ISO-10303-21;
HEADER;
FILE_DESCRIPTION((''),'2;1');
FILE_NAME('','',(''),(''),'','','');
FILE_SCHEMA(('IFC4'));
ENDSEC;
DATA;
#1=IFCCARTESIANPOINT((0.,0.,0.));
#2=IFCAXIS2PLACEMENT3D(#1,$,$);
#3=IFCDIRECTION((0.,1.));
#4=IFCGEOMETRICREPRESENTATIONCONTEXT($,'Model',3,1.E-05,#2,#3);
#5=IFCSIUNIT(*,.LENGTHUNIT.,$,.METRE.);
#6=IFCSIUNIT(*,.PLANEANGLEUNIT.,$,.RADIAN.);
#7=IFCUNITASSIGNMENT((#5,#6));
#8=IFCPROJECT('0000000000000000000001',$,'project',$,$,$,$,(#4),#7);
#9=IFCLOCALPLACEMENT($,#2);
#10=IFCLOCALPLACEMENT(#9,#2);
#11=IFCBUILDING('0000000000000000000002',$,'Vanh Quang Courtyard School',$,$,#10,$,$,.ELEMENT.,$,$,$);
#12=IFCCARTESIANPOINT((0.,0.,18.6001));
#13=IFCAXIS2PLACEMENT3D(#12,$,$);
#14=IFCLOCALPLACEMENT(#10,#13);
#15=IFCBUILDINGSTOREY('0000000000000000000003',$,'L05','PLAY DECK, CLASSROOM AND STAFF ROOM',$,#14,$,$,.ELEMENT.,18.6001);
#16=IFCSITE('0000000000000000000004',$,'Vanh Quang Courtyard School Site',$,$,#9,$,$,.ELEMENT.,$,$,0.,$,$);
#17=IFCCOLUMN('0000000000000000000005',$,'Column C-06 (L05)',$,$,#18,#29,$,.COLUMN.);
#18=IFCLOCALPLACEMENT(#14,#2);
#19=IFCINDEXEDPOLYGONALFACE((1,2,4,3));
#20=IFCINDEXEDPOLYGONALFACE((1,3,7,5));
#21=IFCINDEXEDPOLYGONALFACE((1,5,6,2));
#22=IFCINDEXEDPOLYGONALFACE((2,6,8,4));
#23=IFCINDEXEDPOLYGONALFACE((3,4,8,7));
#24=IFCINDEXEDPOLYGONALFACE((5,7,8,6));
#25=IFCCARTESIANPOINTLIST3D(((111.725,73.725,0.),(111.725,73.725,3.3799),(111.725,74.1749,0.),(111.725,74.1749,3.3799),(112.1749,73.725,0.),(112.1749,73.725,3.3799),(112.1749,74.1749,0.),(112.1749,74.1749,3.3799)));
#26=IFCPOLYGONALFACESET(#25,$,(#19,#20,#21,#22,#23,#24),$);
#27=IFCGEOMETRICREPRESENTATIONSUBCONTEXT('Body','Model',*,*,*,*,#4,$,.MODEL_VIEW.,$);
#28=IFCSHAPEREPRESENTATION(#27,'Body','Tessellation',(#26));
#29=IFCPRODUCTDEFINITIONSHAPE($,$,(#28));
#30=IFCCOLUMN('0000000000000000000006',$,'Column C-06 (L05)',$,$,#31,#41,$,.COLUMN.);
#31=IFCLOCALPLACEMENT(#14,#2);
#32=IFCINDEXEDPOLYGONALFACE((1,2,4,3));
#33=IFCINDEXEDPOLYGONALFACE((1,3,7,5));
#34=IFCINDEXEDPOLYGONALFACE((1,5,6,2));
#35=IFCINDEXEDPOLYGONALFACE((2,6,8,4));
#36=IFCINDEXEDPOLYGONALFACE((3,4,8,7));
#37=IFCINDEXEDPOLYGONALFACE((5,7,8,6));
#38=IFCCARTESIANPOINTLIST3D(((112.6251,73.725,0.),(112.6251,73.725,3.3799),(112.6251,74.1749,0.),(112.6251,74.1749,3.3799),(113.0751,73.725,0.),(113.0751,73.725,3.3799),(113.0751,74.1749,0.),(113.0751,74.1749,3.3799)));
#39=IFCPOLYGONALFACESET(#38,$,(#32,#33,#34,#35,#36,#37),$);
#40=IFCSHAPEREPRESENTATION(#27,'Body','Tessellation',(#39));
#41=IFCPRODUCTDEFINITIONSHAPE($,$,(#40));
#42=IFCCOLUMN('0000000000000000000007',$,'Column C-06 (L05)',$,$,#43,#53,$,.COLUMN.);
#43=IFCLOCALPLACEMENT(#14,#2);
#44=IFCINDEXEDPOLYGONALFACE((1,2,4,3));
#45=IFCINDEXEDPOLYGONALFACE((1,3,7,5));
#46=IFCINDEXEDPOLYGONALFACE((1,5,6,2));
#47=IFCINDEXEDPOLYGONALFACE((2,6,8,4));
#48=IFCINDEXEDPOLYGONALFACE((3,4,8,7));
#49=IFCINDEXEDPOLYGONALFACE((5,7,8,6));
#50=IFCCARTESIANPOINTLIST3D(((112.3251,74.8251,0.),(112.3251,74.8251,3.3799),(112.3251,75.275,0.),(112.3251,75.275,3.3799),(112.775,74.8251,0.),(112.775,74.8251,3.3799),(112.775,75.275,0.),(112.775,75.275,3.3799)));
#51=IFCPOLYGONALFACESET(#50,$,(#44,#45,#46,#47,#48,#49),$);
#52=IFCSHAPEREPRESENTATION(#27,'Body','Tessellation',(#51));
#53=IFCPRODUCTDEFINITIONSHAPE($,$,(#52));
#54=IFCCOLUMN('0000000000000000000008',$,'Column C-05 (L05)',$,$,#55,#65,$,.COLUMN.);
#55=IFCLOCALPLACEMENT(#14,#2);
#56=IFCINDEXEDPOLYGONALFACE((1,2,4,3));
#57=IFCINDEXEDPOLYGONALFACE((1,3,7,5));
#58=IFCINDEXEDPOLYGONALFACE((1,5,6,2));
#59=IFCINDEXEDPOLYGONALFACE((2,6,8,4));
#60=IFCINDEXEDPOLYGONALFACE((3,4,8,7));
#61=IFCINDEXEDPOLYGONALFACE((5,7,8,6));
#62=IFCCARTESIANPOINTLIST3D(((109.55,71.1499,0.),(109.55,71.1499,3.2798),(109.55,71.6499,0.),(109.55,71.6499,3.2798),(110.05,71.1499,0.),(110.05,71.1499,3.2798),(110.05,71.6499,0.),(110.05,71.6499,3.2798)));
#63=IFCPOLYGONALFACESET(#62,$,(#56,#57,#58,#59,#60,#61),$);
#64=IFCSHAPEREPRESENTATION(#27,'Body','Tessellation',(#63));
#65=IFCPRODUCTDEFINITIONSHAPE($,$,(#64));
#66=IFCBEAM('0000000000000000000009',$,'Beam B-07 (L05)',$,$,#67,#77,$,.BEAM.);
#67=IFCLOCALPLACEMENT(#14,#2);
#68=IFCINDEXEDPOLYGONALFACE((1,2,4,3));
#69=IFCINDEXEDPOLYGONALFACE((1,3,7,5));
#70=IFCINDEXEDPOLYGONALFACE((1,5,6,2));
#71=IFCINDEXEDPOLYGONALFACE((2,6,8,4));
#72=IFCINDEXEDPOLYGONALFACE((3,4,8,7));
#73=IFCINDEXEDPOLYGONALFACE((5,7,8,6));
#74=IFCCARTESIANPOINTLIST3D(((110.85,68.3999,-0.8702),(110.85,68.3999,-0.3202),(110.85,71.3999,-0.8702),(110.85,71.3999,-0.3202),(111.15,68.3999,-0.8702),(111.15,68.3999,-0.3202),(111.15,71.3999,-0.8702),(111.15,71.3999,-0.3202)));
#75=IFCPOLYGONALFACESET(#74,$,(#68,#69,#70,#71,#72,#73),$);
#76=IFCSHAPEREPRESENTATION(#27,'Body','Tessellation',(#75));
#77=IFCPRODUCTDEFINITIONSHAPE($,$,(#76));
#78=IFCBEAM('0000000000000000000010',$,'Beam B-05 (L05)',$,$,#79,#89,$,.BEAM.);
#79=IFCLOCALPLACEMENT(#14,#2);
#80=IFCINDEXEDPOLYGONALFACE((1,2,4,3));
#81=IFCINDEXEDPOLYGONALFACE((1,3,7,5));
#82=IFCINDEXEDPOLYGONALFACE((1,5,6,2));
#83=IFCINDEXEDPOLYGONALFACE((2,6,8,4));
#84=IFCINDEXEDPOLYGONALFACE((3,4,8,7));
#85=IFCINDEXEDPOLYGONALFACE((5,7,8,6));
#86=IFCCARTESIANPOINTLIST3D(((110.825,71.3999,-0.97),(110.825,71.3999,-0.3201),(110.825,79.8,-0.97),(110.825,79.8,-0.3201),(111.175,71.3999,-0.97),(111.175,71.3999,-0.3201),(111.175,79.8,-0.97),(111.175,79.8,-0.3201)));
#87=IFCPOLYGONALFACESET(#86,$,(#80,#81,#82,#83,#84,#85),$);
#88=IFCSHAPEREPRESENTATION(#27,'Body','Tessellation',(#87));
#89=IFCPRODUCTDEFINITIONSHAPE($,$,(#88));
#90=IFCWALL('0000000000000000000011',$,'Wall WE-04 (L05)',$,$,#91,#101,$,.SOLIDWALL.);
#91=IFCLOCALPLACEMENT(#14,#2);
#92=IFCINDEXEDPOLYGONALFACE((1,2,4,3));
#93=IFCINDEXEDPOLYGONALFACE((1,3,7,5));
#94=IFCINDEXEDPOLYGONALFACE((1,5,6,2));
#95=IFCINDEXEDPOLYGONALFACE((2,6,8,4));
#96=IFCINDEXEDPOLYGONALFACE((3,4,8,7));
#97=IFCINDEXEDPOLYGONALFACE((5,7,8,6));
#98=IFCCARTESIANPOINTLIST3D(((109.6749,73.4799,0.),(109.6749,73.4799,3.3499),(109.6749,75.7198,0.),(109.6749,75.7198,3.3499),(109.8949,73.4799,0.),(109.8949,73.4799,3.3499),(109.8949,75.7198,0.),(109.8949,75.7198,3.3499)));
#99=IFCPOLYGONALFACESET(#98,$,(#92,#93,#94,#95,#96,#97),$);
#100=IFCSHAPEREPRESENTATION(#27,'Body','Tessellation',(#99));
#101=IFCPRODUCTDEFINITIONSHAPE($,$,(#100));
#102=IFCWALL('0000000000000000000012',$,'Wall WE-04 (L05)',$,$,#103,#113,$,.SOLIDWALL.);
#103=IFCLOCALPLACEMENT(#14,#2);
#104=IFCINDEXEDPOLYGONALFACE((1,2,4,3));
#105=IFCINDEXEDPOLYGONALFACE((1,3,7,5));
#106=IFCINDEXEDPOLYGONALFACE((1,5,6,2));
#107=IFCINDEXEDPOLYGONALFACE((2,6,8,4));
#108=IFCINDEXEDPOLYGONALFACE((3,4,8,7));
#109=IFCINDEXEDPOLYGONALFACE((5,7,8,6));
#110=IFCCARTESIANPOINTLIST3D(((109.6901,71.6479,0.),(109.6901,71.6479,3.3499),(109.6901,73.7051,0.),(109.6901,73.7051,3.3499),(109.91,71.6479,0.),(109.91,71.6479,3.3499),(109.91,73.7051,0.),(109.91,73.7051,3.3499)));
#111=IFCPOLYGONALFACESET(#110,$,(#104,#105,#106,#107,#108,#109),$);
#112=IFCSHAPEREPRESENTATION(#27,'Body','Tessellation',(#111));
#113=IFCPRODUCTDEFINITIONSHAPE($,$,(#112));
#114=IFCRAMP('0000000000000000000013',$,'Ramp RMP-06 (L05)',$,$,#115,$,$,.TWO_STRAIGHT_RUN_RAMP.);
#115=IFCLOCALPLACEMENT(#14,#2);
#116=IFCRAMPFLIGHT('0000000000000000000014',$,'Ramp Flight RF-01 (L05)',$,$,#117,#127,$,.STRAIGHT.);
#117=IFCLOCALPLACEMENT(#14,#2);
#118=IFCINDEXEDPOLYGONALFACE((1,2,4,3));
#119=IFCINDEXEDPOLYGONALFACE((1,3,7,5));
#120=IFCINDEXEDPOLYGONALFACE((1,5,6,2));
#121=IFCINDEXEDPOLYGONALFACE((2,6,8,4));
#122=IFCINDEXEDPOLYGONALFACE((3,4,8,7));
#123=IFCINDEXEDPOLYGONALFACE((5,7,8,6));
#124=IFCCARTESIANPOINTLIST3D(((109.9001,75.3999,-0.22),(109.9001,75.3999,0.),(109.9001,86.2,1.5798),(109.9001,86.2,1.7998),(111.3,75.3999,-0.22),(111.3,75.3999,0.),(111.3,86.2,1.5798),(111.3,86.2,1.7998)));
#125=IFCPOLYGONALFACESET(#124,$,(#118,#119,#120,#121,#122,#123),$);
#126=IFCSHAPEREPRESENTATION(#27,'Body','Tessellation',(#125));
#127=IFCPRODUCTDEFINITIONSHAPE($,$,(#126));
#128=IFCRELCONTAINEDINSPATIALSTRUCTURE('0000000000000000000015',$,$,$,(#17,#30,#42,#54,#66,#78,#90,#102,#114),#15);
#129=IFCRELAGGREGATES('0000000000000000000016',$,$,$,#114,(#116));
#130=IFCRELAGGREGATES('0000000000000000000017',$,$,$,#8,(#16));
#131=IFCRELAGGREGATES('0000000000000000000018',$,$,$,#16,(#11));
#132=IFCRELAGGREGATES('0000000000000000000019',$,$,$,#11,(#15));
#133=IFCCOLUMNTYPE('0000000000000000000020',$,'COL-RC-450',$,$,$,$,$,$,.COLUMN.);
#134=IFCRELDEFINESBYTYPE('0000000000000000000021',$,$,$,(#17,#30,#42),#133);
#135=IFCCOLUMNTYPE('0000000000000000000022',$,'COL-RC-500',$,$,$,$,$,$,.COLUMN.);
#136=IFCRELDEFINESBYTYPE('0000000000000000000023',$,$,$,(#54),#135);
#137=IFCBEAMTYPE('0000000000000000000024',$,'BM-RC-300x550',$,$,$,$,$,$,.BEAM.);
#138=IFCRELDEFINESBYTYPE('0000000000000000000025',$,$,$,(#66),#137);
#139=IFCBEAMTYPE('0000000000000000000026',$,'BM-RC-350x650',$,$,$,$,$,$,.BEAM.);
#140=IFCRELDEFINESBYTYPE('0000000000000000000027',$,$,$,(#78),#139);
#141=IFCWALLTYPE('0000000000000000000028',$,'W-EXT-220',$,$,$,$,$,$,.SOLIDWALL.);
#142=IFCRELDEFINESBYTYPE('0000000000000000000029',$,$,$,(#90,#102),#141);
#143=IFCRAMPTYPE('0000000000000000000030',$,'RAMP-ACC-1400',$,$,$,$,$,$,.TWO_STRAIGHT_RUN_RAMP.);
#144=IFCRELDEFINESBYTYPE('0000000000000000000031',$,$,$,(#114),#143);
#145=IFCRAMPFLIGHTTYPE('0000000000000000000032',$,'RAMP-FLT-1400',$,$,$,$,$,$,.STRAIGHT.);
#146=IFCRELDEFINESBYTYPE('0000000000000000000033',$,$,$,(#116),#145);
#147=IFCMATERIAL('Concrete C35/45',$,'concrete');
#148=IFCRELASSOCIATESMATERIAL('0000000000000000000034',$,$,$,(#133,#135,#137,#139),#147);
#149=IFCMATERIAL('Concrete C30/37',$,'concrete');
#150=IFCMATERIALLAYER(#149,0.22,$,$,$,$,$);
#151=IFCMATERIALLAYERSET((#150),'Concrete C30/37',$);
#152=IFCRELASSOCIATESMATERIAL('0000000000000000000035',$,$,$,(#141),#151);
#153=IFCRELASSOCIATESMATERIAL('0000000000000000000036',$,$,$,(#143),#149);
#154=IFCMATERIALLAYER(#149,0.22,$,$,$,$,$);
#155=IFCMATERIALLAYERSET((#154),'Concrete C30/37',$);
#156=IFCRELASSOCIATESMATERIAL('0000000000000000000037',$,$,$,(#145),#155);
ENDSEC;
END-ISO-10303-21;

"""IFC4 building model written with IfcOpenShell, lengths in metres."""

from ifc_helpers import new_model, si_unit, direction, frame, frame_2d, origin, origin_2d, place, context, subcontext, project, spatial, polyline, rectangle, outline, extrude, material, layer, layer_set, material_profile, profile_set, type_object, element, aggregate, save


model = new_model("IFC4")

# Units and contexts
model_context = context("Model", 3, precision=1e-05, world=origin(), true_north=direction((0.0, 1.0)))
body_context = subcontext(model_context, "Body", "Model", "MODEL_VIEW")
ifc_project = project(units=[si_unit("LENGTHUNIT", "METRE"), si_unit("PLANEANGLEUNIT", "RADIAN")], contexts=[model_context])

# Site, building, storey
site_placement = place(None, origin())
site = spatial("IfcSite", under=ifc_project, at=site_placement, Name="Vanh Quang Courtyard School Site", CompositionType="ELEMENT", RefElevation=0.0)
building_placement = place(site_placement, origin())
building = spatial("IfcBuilding", under=site, at=building_placement, Name="Vanh Quang Courtyard School", CompositionType="ELEMENT")
storey_placement = place(building_placement, frame((0.0, 0.0, 18.6001)))
storey = spatial("IfcBuildingStorey", under=building, at=storey_placement, Name="L05", Description="PLAY DECK, CLASSROOM AND STAFF ROOM", CompositionType="ELEMENT", Elevation=18.6001)

# Columns
ifc_material_1 = material(Name="Concrete C35/45", Category="concrete")
ifc_material_profile_1 = material_profile(ifc_material_1, rectangle(XDim=0.45, YDim=0.45, at=origin_2d()), Name="RC-COL 450x450")
ifc_profile_set_1 = profile_set([ifc_material_profile_1], Name="Concrete C35/45")
column_type_1 = type_object("IfcColumnType", Name="COL-RC-450", PredefinedType="COLUMN", material=ifc_profile_set_1)
for number, where, z_axis, x_axis, name in (
    (1, (111.95, 73.95, 0.0), (0.0, 0.0, 1.0), (1.0, 0.0, 0.0), "Column C-06 (L05)"),
    (2, (112.8501, 73.95, 0.0), (0.0, 0.0, 1.0), (1.0, 0.0, 0.0), "Column C-06 (L05)"),
    (3, (112.55, 75.05, 0.0), (0.0, 0.0, 1.0), (1.0, 0.0, 0.0), "Column C-06 (L05)"),
):
    element("IfcColumn", number, at=place(storey_placement, frame(where, z_axis=z_axis, x_axis=x_axis)), inside=storey, type_object=column_type_1, Name=name, PredefinedType="COLUMN", context=body_context, shape_type="SweptSolid", body=[
        extrude(rectangle(XDim=0.45, YDim=0.45, at=origin_2d()), origin(), (0.0, 0.0, 1.0), 3.3799),
    ])
ifc_material_profile_2 = material_profile(ifc_material_1, rectangle(XDim=0.5, YDim=0.5, at=origin_2d()), Name="RC-COL 500x500")
ifc_profile_set_2 = profile_set([ifc_material_profile_2], Name="Concrete C35/45")
column_type_2 = type_object("IfcColumnType", Name="COL-RC-500", PredefinedType="COLUMN", material=ifc_profile_set_2)
column_placement = place(storey_placement, frame((109.8, 71.3999, 0.0), z_axis=(0.0, 0.0, 1.0), x_axis=(1.0, 0.0, 0.0)))
element("IfcColumn", 4, at=column_placement, inside=storey, type_object=column_type_2, Name="Column C-05 (L05)", PredefinedType="COLUMN", context=body_context, shape_type="SweptSolid", body=[
    extrude(rectangle(XDim=0.5, YDim=0.5, at=origin_2d()), origin(), (0.0, 0.0, 1.0), 3.2798),
])

# Beams
ifc_material_profile_3 = material_profile(ifc_material_1, rectangle(XDim=0.3, YDim=0.55, at=origin_2d()), Name="RC-BM 300x550")
ifc_profile_set_3 = profile_set([ifc_material_profile_3], Name="Concrete C35/45")
beam_type_1 = type_object("IfcBeamType", Name="BM-RC-300x550", PredefinedType="BEAM", material=ifc_profile_set_3)
beam_1_placement = place(storey_placement, frame((111.0, 68.3999, -0.5952), z_axis=(0.0, 1.0, 0.0), x_axis=(-1.0, 0.0, 0.0)))
element("IfcBeam", 5, at=beam_1_placement, inside=storey, type_object=beam_type_1, Name="Beam B-07 (L05)", PredefinedType="BEAM", context=body_context, shape_type="SweptSolid", body=[
    extrude(rectangle(XDim=0.3, YDim=0.55, at=origin_2d()), origin(), (0.0, 0.0, 1.0), 3.0),
])
ifc_material_profile_4 = material_profile(ifc_material_1, rectangle(XDim=0.3501, YDim=0.6499, at=origin_2d()), Name="RC-BM 350x650")
ifc_profile_set_4 = profile_set([ifc_material_profile_4], Name="Concrete C35/45")
beam_type_2 = type_object("IfcBeamType", Name="BM-RC-350x650", PredefinedType="BEAM", material=ifc_profile_set_4)
beam_2_placement = place(storey_placement, frame((111.0, 71.3999, -0.645), z_axis=(0.0, 1.0, 0.0), x_axis=(-1.0, 0.0, 0.0)))
element("IfcBeam", 6, at=beam_2_placement, inside=storey, type_object=beam_type_2, Name="Beam B-05 (L05)", PredefinedType="BEAM", context=body_context, shape_type="SweptSolid", body=[
    extrude(rectangle(XDim=0.3501, YDim=0.6499, at=origin_2d()), origin(), (0.0, 0.0, 1.0), 8.4001),
])

# Walls
ifc_material_2 = material(Name="Concrete C30/37", Category="concrete")
ifc_layer_1 = layer(ifc_material_2, 0.22)
ifc_layer_set_1 = layer_set([ifc_layer_1], Name="Concrete C30/37")
wall_type = type_object("IfcWallType", Name="W-EXT-220", PredefinedType="SOLIDWALL", material=ifc_layer_set_1)
wall_1_placement = place(storey_placement, frame((109.7849, 75.72, 0.0), z_axis=(0.0, 0.0, 1.0), x_axis=(0.0, -1.0, 0.0)))
element("IfcWall", 7, at=wall_1_placement, inside=storey, type_object=wall_type, Name="Wall WE-04 (L05)", PredefinedType="SOLIDWALL", context=body_context, shape_type="SweptSolid", body=[
    extrude(rectangle(XDim=2.24, YDim=0.22, at=frame_2d((1.1201, 0.0))), origin(), (0.0, 0.0, 1.0), 3.3499),
])
wall_2_placement = place(storey_placement, frame((109.8, 73.7051, 0.0), z_axis=(0.0, 0.0, 1.0), x_axis=(0.0, -1.0, 0.0)))
element("IfcWall", 8, at=wall_2_placement, inside=storey, type_object=wall_type, Name="Wall WE-04 (L05)", PredefinedType="SOLIDWALL", context=body_context, shape_type="SweptSolid", body=[
    extrude(rectangle(XDim=2.0571, YDim=0.22, at=frame_2d((1.0286, 0.0))), origin(), (0.0, 0.0, 1.0), 3.3499),
])

# Ramp, ramp flight
ramp_type = type_object("IfcRampType", Name="RAMP-ACC-1400", PredefinedType="TWO_STRAIGHT_RUN_RAMP", material=ifc_material_2)
ramp_placement = place(storey_placement, origin())
ramp = element("IfcRamp", 9, at=ramp_placement, inside=storey, type_object=ramp_type, Name="Ramp RMP-06 (L05)", PredefinedType="TWO_STRAIGHT_RUN_RAMP")
ifc_layer_2 = layer(ifc_material_2, 0.22)
ifc_layer_set_2 = layer_set([ifc_layer_2], Name="Concrete C30/37")
ramp_flight_type = type_object("IfcRampFlightType", Name="RAMP-FLT-1400", PredefinedType="STRAIGHT", material=ifc_layer_set_2)
ramp_flight_placement = place(storey_placement, frame((110.6001, 75.3999, 0.0), z_axis=(0.0, 0.0, 1.0), x_axis=(0.0, 1.0, 0.0)))
ramp_flight = element("IfcRampFlight", 10, at=ramp_flight_placement, type_object=ramp_flight_type, Name="Ramp Flight RF-01 (L05)", PredefinedType="STRAIGHT", context=body_context, shape_type="SweptSolid", body=[
    extrude(outline(polyline([(0.0, 0.0), (10.8, 1.7998), (10.8, 1.5798), (0.0, -0.22), (0.0, 0.0)])), frame((0.0, 0.7, 0.0), z_axis=(0.0, -1.0, 0.0), x_axis=(1.0, 0.0, 0.0)), (0.0, 0.0, 1.0), 1.3999),
])
aggregate(ramp, [ramp_flight])

save(model, "model.ifc")
